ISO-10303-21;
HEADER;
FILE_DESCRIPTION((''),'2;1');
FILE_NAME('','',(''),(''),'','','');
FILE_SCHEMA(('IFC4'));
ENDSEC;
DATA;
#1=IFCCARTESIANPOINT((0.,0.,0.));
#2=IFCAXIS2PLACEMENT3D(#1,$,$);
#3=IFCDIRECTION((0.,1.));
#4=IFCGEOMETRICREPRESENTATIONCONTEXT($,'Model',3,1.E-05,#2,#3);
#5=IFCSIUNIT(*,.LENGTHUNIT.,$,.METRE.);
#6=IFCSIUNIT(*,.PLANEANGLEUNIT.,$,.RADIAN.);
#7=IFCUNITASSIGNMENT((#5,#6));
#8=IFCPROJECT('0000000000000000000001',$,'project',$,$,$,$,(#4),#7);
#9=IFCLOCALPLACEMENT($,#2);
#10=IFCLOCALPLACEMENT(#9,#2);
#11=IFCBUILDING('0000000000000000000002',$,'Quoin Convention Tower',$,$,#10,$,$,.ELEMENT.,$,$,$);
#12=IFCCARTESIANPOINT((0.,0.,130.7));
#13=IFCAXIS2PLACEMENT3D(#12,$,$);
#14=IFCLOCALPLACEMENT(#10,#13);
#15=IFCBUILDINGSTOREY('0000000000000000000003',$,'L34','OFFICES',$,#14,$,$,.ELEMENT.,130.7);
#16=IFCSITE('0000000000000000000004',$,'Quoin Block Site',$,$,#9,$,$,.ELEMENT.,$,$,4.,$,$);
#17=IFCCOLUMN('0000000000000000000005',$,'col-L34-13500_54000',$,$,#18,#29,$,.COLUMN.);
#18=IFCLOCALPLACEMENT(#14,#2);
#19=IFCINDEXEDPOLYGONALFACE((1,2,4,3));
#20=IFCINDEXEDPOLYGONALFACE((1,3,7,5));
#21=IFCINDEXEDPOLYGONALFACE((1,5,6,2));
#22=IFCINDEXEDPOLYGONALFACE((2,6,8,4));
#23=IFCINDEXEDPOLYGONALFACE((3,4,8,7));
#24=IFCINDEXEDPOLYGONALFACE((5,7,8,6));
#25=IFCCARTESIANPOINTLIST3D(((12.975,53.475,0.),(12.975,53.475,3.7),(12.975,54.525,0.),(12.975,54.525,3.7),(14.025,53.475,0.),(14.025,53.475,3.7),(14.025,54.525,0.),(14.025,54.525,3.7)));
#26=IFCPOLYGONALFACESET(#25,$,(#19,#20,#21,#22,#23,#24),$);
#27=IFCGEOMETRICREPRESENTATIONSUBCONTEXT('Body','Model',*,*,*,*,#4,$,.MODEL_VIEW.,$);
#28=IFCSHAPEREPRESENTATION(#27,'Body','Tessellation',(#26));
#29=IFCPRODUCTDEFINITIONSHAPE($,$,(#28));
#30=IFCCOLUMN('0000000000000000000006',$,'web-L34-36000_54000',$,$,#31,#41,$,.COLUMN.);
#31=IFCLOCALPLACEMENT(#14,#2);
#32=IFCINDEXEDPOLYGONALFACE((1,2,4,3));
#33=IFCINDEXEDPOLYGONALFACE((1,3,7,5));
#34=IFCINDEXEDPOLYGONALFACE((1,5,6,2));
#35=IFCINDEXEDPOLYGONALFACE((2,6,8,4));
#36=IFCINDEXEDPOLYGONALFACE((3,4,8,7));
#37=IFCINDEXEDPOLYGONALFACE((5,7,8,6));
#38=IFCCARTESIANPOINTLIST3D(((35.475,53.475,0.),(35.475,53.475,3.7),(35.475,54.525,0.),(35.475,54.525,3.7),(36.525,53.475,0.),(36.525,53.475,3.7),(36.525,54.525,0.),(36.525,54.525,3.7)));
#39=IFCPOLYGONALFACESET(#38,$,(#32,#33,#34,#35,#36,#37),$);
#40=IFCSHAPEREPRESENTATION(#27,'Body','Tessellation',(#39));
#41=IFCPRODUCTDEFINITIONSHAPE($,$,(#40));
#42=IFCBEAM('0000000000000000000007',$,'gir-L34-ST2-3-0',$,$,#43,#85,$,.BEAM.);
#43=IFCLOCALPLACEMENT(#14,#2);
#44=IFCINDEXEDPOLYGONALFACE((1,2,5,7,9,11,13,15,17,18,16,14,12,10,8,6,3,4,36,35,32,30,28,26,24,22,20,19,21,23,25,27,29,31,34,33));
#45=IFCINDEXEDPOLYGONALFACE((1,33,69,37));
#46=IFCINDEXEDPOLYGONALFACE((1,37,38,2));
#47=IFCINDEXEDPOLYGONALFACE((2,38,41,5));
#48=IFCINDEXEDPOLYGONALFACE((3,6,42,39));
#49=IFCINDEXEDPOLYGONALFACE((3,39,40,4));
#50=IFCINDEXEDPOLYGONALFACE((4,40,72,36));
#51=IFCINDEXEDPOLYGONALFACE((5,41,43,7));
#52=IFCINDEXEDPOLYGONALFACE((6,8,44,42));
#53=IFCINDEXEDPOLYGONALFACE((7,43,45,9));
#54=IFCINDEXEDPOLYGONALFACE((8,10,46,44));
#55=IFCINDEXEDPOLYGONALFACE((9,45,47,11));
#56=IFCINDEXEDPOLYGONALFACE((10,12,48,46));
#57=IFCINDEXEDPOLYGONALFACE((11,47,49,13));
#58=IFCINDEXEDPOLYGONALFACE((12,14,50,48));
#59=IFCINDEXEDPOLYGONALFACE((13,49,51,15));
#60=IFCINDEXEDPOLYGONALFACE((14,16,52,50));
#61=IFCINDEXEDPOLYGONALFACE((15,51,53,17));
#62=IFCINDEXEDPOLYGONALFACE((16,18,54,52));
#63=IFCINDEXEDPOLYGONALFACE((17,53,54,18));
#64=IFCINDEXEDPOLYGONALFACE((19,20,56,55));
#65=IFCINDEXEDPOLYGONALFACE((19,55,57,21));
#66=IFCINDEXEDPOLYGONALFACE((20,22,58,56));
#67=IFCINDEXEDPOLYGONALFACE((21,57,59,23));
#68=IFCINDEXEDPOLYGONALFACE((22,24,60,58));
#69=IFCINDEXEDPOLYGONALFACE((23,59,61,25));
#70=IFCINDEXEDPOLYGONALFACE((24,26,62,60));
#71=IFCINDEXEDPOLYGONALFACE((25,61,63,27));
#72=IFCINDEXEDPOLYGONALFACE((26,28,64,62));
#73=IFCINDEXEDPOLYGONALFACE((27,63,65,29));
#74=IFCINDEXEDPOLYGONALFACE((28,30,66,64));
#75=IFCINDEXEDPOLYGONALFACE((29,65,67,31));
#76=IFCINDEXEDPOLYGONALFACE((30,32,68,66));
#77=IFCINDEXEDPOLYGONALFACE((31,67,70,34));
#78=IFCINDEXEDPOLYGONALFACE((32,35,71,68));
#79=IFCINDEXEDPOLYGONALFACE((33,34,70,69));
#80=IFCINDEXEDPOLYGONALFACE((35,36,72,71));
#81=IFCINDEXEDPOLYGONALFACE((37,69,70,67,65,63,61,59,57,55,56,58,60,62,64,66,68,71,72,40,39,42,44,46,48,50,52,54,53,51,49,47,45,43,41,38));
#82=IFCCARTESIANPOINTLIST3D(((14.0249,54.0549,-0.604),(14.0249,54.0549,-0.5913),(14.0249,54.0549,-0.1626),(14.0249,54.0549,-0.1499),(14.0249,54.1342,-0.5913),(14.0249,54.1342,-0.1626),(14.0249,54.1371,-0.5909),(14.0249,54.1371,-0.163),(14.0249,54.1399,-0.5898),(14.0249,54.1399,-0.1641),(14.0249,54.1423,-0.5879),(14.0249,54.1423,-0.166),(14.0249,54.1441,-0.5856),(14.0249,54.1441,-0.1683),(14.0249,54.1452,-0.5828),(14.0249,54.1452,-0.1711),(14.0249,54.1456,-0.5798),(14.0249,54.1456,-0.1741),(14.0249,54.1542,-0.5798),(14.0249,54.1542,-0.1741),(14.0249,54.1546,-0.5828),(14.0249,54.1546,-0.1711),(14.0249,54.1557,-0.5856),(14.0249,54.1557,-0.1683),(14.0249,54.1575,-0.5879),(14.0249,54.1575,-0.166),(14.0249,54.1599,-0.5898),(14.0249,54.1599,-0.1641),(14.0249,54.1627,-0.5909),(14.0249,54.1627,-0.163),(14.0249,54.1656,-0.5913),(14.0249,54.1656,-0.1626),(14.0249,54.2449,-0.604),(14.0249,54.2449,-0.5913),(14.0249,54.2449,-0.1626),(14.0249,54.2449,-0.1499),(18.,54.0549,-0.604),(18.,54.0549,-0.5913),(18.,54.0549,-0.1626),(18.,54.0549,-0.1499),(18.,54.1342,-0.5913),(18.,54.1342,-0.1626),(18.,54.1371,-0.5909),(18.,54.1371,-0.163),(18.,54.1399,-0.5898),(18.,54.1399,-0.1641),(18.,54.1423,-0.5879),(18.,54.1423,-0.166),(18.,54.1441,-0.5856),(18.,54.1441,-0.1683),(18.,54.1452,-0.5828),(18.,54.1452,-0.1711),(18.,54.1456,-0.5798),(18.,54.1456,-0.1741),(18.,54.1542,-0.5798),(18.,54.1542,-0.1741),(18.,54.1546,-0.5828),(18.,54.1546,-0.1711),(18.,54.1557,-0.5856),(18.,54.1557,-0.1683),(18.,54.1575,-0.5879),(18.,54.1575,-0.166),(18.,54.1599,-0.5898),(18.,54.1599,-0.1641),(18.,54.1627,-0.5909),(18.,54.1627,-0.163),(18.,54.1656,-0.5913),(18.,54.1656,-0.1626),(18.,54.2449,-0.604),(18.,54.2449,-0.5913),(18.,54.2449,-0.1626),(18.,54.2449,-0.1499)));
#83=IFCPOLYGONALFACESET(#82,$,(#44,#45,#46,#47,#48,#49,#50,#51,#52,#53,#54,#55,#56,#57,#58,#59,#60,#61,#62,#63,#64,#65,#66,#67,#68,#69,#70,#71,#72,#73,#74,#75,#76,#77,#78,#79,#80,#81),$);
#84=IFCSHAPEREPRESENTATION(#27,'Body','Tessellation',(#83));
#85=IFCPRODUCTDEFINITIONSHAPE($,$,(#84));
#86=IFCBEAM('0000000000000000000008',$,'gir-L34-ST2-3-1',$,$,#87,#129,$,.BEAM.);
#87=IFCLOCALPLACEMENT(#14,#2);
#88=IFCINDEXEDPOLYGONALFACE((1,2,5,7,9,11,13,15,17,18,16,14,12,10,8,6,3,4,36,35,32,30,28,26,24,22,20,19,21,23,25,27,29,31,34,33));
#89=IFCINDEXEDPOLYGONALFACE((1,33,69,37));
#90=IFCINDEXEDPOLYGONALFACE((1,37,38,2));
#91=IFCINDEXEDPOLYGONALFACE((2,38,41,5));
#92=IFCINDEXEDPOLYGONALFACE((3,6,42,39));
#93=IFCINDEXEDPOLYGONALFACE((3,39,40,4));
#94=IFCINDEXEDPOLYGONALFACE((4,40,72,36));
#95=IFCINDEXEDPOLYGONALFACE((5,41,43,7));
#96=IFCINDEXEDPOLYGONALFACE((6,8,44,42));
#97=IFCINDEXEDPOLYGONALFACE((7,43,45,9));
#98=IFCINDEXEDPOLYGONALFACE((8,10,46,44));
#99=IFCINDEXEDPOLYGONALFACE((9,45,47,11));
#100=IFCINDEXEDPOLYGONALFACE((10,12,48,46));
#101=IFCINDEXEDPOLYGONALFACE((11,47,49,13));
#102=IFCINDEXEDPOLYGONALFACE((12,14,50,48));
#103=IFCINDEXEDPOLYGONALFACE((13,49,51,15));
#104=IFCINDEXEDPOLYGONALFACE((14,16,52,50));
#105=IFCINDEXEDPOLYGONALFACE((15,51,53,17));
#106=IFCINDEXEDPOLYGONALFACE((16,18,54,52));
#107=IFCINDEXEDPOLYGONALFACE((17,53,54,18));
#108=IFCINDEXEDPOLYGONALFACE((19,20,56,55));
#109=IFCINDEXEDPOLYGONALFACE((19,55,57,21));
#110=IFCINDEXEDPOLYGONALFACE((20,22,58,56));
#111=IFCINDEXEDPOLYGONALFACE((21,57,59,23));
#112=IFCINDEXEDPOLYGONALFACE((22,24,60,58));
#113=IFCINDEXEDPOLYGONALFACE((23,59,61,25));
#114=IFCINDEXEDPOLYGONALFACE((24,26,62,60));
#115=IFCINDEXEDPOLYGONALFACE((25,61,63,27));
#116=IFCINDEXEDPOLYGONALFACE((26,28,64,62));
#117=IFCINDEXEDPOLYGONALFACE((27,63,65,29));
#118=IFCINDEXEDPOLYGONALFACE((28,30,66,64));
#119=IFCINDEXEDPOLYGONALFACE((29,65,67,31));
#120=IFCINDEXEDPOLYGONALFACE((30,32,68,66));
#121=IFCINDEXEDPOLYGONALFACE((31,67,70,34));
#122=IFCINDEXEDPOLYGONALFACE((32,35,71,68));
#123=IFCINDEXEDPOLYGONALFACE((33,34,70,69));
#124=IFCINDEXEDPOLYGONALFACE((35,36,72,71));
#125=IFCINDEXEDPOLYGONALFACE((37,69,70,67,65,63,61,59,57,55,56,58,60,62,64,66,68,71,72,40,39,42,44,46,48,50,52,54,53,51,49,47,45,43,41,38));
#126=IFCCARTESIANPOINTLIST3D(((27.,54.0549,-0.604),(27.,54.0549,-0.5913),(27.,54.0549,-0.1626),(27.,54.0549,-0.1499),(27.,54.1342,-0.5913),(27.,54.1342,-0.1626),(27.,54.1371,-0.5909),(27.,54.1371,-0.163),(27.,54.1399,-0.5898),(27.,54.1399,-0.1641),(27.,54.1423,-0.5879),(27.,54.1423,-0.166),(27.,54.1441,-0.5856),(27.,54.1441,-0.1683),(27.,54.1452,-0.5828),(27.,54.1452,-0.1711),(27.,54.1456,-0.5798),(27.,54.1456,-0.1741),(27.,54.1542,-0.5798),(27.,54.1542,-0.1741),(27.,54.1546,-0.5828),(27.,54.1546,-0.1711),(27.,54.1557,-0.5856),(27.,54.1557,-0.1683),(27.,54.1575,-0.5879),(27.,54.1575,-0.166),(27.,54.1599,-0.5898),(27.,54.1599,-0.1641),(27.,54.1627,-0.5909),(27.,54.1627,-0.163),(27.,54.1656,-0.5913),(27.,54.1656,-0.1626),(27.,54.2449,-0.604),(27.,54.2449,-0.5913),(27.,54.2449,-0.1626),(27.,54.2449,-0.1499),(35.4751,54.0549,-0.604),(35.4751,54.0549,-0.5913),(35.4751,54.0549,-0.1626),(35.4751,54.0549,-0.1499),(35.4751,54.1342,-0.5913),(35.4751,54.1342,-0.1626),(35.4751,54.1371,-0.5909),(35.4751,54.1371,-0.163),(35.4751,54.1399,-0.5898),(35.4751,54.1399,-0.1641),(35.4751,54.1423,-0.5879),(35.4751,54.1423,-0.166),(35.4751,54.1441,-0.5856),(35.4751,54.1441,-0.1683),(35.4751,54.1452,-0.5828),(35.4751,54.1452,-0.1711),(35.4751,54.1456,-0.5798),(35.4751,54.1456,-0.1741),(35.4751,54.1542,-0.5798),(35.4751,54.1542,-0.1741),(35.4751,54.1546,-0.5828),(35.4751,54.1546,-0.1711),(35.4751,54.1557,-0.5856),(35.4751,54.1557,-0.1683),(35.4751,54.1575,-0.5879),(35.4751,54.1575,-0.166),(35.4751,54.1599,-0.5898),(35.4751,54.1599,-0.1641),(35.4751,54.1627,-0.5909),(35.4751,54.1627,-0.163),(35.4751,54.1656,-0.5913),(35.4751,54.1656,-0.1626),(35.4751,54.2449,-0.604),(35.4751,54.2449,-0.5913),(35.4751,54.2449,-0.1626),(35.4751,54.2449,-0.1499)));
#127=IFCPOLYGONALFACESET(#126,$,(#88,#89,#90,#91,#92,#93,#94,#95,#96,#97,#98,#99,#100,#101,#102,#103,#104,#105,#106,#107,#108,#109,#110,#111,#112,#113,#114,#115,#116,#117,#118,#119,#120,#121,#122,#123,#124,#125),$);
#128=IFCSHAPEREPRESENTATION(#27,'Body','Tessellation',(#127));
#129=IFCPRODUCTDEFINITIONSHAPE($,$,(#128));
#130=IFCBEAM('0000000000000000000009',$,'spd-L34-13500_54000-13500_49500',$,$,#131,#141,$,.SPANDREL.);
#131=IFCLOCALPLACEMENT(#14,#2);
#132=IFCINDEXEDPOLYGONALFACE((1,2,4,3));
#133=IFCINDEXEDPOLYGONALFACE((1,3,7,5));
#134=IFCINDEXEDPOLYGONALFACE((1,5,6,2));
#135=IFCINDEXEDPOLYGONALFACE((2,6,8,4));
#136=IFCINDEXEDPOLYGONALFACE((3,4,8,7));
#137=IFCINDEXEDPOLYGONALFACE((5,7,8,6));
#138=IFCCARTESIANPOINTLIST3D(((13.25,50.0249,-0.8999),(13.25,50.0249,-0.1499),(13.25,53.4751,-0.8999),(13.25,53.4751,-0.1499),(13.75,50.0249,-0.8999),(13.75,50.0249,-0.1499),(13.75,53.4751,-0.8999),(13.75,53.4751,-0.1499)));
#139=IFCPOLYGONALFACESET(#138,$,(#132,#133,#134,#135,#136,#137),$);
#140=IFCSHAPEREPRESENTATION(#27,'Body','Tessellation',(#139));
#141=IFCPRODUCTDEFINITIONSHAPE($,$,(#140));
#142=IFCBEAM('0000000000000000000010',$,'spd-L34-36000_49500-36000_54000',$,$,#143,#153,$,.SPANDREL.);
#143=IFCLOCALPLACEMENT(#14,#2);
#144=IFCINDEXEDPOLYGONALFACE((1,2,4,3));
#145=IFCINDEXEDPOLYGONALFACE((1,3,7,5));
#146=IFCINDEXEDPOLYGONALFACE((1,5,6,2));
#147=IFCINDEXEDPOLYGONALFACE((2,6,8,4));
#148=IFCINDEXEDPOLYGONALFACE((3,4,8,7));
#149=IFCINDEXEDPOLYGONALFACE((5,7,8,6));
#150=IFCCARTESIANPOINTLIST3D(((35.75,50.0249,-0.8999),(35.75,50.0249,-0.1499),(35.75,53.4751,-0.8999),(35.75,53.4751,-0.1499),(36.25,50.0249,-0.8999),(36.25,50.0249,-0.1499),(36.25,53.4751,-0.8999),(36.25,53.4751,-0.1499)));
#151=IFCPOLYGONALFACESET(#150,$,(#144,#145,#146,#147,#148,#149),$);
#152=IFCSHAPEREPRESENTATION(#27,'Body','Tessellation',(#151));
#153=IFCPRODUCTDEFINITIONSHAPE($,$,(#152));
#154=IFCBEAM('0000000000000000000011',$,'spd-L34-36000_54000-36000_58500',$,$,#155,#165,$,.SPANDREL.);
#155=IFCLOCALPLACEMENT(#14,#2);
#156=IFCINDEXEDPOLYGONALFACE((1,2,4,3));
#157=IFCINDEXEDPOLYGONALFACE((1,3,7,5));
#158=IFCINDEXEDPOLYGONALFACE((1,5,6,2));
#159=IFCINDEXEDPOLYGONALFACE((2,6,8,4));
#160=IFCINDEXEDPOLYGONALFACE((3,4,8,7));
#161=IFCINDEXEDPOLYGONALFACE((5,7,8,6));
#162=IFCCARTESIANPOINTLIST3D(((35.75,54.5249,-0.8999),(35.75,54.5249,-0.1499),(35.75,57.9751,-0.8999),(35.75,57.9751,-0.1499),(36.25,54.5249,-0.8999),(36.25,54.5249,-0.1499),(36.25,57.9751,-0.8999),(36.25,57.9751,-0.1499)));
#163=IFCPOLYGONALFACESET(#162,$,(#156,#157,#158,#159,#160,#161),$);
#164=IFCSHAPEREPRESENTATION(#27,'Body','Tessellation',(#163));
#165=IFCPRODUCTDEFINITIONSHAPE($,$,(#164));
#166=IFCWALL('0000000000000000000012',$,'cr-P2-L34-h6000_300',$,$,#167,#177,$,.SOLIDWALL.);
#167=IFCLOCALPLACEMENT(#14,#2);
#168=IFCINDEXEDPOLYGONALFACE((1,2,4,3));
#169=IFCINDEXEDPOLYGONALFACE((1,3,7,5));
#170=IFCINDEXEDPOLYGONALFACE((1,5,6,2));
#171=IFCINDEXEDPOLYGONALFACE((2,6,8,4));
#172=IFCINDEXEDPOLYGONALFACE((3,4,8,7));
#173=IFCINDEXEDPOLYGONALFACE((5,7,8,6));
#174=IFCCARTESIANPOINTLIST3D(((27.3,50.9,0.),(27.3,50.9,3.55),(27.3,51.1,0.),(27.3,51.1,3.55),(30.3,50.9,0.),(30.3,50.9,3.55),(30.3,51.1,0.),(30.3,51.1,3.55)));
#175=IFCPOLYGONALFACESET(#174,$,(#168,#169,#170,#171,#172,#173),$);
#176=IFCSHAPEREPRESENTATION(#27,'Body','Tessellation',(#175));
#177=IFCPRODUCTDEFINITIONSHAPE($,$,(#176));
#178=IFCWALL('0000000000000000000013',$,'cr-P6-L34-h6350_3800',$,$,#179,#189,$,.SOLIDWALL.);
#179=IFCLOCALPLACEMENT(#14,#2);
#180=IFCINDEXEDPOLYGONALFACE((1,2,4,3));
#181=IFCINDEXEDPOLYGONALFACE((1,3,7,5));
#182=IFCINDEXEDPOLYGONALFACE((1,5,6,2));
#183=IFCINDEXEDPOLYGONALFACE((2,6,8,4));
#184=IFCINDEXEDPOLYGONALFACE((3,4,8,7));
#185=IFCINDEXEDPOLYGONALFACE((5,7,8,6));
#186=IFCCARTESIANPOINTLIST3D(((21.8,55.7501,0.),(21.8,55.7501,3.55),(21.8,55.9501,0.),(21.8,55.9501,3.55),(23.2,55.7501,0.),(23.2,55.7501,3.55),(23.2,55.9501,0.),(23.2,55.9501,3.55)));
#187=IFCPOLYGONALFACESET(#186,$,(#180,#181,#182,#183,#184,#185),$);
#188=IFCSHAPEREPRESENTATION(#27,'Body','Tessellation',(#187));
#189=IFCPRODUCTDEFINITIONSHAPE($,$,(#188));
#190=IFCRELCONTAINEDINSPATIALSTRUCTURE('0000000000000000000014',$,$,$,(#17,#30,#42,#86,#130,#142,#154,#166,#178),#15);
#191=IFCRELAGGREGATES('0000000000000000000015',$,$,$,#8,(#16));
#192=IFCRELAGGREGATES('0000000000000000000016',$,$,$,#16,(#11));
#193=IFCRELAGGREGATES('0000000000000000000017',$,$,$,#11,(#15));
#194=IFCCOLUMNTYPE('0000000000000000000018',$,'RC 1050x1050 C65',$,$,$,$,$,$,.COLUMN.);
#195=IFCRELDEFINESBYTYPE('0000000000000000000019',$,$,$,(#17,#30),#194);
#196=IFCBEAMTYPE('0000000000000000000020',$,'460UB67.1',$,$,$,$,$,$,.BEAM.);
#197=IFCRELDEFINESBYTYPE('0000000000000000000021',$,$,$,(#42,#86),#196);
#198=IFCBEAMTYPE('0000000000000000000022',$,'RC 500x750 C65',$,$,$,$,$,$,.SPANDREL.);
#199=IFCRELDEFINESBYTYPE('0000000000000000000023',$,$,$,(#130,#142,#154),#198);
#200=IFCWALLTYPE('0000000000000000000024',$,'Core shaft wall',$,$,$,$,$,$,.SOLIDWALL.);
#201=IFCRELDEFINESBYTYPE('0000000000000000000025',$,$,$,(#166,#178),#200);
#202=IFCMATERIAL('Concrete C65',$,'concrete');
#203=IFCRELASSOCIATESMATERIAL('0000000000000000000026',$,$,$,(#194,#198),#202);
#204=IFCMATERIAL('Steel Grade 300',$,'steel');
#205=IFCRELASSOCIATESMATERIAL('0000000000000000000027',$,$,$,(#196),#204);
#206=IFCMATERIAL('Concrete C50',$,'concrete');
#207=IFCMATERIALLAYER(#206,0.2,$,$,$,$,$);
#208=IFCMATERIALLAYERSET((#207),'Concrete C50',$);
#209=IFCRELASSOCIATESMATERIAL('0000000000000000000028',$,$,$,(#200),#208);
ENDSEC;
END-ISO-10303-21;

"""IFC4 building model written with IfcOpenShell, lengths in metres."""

from ifc_helpers import new_model, si_unit, direction, frame, frame_2d, origin, origin_2d, place, context, subcontext, project, spatial, rectangle, i_section, extrude, material, layer, layer_set, material_profile, profile_set, type_object, element, save


model = new_model("IFC4")

# Units and contexts
model_context = context("Model", 3, precision=1e-05, world=origin(), true_north=direction((0.0, 1.0)))
body_context = subcontext(model_context, "Body", "Model", "MODEL_VIEW")
ifc_project = project(units=[si_unit("LENGTHUNIT", "METRE"), si_unit("PLANEANGLEUNIT", "RADIAN")], contexts=[model_context])

# Site, building, storey
site_placement = place(None, origin())
site = spatial("IfcSite", under=ifc_project, at=site_placement, Name="Quoin Block Site", CompositionType="ELEMENT", RefElevation=4.0)
building_placement = place(site_placement, origin())
building = spatial("IfcBuilding", under=site, at=building_placement, Name="Quoin Convention Tower", CompositionType="ELEMENT")
storey_placement = place(building_placement, frame((0.0, 0.0, 130.7)))
storey = spatial("IfcBuildingStorey", under=building, at=storey_placement, Name="L34", Description="OFFICES", CompositionType="ELEMENT", Elevation=130.7)

# Columns
ifc_material_1 = material(Name="Concrete C65", Category="concrete")
ifc_material_profile_1 = material_profile(ifc_material_1, rectangle(XDim=1.05, YDim=1.05, at=origin_2d()), Name="RC 1050x1050")
ifc_profile_set_1 = profile_set([ifc_material_profile_1], Name="Concrete C65")
column_type = type_object("IfcColumnType", Name="RC 1050x1050 C65", PredefinedType="COLUMN", material=ifc_profile_set_1)
for number, where, z_axis, x_axis, name in (
    (1, (13.5, 54.0, 0.0), (0.0, 0.0, 1.0), (1.0, 0.0, 0.0), "col-L34-13500_54000"),
    (2, (36.0, 54.0, 0.0), (0.0, 0.0, 1.0), (1.0, 0.0, 0.0), "web-L34-36000_54000"),
):
    element("IfcColumn", number, at=place(storey_placement, frame(where, z_axis=z_axis, x_axis=x_axis)), inside=storey, type_object=column_type, Name=name, PredefinedType="COLUMN", context=body_context, shape_type="SweptSolid", body=[
        extrude(rectangle(XDim=1.05, YDim=1.05, at=origin_2d()), origin(), (0.0, 0.0, 1.0), 3.7),
    ])

# Beams
ifc_material_2 = material(Name="Steel Grade 300", Category="steel")
ifc_material_profile_2 = material_profile(ifc_material_2, i_section(OverallWidth=0.1899, OverallDepth=0.4541, WebThickness=0.0085, FlangeThickness=0.0127, FilletRadius=0.0115, at=origin_2d()), Name="460UB67.1")
ifc_profile_set_2 = profile_set([ifc_material_profile_2], Name="Steel Grade 300")
beam_type_1 = type_object("IfcBeamType", Name="460UB67.1", PredefinedType="BEAM", material=ifc_profile_set_2)
beam_1_placement = place(storey_placement, frame((14.0249, 54.1499, -0.377), z_axis=(1.0, 0.0, 0.0), x_axis=(0.0, 1.0, 0.0)))
element("IfcBeam", 3, at=beam_1_placement, inside=storey, type_object=beam_type_1, Name="gir-L34-ST2-3-0", PredefinedType="BEAM", context=body_context, shape_type="SweptSolid", body=[
    extrude(i_section(OverallWidth=0.1899, OverallDepth=0.4541, WebThickness=0.0085, FlangeThickness=0.0127, FilletRadius=0.0115, at=origin_2d()), origin(), (0.0, 0.0, 1.0), 3.9751),
])
beam_2_placement = place(storey_placement, frame((27.0, 54.1499, -0.377), z_axis=(1.0, 0.0, 0.0), x_axis=(0.0, 1.0, 0.0)))
element("IfcBeam", 4, at=beam_2_placement, inside=storey, type_object=beam_type_1, Name="gir-L34-ST2-3-1", PredefinedType="BEAM", context=body_context, shape_type="SweptSolid", body=[
    extrude(i_section(OverallWidth=0.1899, OverallDepth=0.4541, WebThickness=0.0085, FlangeThickness=0.0127, FilletRadius=0.0115, at=origin_2d()), origin(), (0.0, 0.0, 1.0), 8.4751),
])
ifc_material_profile_3 = material_profile(ifc_material_1, rectangle(XDim=0.5, YDim=0.75, at=origin_2d()), Name="RC 500x750")
ifc_profile_set_3 = profile_set([ifc_material_profile_3], Name="Concrete C65")
beam_type_2 = type_object("IfcBeamType", Name="RC 500x750 C65", PredefinedType="SPANDREL", material=ifc_profile_set_3)
for number, where, z_axis, x_axis, name in (
    (5, (13.5, 53.4751, -0.5249), (0.0, -1.0, 0.0), (1.0, 0.0, 0.0), "spd-L34-13500_54000-13500_49500"),
    (6, (36.0, 50.0249, -0.5249), (0.0, 1.0, 0.0), (-1.0, 0.0, 0.0), "spd-L34-36000_49500-36000_54000"),
    (7, (36.0, 54.5249, -0.5249), (0.0, 1.0, 0.0), (-1.0, 0.0, 0.0), "spd-L34-36000_54000-36000_58500"),
):
    element("IfcBeam", number, at=place(storey_placement, frame(where, z_axis=z_axis, x_axis=x_axis)), inside=storey, type_object=beam_type_2, Name=name, PredefinedType="SPANDREL", context=body_context, shape_type="SweptSolid", body=[
        extrude(rectangle(XDim=0.5, YDim=0.75, at=origin_2d()), origin(), (0.0, 0.0, 1.0), 3.4502),
    ])

# Walls
ifc_material_3 = material(Name="Concrete C50", Category="concrete")
ifc_layer_1 = layer(ifc_material_3, 0.2)
ifc_layer_set_1 = layer_set([ifc_layer_1], Name="Concrete C50")
wall_type_1 = type_object("IfcWallType", Name="Core shaft wall", PredefinedType="SOLIDWALL", material=ifc_layer_set_1)
wall_1_placement = place(storey_placement, frame((27.3, 51.0, 0.0), z_axis=(0.0, 0.0, 1.0), x_axis=(1.0, 0.0, 0.0)))
element("IfcWall", 8, at=wall_1_placement, inside=storey, type_object=wall_type_1, Name="cr-P2-L34-h6000_300", PredefinedType="SOLIDWALL", context=body_context, shape_type="SweptSolid", body=[
    extrude(rectangle(XDim=3.0, YDim=0.2, at=frame_2d((1.5, 0.0))), origin(), (0.0, 0.0, 1.0), 3.55),
])
wall_2_placement = place(storey_placement, frame((21.8, 55.8501, 0.0), z_axis=(0.0, 0.0, 1.0), x_axis=(1.0, 0.0, 0.0)))
element("IfcWall", 9, at=wall_2_placement, inside=storey, type_object=wall_type_1, Name="cr-P6-L34-h6350_3800", PredefinedType="SOLIDWALL", context=body_context, shape_type="SweptSolid", body=[
    extrude(rectangle(XDim=1.3999, YDim=0.2, at=frame_2d((0.7, 0.0))), origin(), (0.0, 0.0, 1.0), 3.55),
])

save(model, "model.ifc")
